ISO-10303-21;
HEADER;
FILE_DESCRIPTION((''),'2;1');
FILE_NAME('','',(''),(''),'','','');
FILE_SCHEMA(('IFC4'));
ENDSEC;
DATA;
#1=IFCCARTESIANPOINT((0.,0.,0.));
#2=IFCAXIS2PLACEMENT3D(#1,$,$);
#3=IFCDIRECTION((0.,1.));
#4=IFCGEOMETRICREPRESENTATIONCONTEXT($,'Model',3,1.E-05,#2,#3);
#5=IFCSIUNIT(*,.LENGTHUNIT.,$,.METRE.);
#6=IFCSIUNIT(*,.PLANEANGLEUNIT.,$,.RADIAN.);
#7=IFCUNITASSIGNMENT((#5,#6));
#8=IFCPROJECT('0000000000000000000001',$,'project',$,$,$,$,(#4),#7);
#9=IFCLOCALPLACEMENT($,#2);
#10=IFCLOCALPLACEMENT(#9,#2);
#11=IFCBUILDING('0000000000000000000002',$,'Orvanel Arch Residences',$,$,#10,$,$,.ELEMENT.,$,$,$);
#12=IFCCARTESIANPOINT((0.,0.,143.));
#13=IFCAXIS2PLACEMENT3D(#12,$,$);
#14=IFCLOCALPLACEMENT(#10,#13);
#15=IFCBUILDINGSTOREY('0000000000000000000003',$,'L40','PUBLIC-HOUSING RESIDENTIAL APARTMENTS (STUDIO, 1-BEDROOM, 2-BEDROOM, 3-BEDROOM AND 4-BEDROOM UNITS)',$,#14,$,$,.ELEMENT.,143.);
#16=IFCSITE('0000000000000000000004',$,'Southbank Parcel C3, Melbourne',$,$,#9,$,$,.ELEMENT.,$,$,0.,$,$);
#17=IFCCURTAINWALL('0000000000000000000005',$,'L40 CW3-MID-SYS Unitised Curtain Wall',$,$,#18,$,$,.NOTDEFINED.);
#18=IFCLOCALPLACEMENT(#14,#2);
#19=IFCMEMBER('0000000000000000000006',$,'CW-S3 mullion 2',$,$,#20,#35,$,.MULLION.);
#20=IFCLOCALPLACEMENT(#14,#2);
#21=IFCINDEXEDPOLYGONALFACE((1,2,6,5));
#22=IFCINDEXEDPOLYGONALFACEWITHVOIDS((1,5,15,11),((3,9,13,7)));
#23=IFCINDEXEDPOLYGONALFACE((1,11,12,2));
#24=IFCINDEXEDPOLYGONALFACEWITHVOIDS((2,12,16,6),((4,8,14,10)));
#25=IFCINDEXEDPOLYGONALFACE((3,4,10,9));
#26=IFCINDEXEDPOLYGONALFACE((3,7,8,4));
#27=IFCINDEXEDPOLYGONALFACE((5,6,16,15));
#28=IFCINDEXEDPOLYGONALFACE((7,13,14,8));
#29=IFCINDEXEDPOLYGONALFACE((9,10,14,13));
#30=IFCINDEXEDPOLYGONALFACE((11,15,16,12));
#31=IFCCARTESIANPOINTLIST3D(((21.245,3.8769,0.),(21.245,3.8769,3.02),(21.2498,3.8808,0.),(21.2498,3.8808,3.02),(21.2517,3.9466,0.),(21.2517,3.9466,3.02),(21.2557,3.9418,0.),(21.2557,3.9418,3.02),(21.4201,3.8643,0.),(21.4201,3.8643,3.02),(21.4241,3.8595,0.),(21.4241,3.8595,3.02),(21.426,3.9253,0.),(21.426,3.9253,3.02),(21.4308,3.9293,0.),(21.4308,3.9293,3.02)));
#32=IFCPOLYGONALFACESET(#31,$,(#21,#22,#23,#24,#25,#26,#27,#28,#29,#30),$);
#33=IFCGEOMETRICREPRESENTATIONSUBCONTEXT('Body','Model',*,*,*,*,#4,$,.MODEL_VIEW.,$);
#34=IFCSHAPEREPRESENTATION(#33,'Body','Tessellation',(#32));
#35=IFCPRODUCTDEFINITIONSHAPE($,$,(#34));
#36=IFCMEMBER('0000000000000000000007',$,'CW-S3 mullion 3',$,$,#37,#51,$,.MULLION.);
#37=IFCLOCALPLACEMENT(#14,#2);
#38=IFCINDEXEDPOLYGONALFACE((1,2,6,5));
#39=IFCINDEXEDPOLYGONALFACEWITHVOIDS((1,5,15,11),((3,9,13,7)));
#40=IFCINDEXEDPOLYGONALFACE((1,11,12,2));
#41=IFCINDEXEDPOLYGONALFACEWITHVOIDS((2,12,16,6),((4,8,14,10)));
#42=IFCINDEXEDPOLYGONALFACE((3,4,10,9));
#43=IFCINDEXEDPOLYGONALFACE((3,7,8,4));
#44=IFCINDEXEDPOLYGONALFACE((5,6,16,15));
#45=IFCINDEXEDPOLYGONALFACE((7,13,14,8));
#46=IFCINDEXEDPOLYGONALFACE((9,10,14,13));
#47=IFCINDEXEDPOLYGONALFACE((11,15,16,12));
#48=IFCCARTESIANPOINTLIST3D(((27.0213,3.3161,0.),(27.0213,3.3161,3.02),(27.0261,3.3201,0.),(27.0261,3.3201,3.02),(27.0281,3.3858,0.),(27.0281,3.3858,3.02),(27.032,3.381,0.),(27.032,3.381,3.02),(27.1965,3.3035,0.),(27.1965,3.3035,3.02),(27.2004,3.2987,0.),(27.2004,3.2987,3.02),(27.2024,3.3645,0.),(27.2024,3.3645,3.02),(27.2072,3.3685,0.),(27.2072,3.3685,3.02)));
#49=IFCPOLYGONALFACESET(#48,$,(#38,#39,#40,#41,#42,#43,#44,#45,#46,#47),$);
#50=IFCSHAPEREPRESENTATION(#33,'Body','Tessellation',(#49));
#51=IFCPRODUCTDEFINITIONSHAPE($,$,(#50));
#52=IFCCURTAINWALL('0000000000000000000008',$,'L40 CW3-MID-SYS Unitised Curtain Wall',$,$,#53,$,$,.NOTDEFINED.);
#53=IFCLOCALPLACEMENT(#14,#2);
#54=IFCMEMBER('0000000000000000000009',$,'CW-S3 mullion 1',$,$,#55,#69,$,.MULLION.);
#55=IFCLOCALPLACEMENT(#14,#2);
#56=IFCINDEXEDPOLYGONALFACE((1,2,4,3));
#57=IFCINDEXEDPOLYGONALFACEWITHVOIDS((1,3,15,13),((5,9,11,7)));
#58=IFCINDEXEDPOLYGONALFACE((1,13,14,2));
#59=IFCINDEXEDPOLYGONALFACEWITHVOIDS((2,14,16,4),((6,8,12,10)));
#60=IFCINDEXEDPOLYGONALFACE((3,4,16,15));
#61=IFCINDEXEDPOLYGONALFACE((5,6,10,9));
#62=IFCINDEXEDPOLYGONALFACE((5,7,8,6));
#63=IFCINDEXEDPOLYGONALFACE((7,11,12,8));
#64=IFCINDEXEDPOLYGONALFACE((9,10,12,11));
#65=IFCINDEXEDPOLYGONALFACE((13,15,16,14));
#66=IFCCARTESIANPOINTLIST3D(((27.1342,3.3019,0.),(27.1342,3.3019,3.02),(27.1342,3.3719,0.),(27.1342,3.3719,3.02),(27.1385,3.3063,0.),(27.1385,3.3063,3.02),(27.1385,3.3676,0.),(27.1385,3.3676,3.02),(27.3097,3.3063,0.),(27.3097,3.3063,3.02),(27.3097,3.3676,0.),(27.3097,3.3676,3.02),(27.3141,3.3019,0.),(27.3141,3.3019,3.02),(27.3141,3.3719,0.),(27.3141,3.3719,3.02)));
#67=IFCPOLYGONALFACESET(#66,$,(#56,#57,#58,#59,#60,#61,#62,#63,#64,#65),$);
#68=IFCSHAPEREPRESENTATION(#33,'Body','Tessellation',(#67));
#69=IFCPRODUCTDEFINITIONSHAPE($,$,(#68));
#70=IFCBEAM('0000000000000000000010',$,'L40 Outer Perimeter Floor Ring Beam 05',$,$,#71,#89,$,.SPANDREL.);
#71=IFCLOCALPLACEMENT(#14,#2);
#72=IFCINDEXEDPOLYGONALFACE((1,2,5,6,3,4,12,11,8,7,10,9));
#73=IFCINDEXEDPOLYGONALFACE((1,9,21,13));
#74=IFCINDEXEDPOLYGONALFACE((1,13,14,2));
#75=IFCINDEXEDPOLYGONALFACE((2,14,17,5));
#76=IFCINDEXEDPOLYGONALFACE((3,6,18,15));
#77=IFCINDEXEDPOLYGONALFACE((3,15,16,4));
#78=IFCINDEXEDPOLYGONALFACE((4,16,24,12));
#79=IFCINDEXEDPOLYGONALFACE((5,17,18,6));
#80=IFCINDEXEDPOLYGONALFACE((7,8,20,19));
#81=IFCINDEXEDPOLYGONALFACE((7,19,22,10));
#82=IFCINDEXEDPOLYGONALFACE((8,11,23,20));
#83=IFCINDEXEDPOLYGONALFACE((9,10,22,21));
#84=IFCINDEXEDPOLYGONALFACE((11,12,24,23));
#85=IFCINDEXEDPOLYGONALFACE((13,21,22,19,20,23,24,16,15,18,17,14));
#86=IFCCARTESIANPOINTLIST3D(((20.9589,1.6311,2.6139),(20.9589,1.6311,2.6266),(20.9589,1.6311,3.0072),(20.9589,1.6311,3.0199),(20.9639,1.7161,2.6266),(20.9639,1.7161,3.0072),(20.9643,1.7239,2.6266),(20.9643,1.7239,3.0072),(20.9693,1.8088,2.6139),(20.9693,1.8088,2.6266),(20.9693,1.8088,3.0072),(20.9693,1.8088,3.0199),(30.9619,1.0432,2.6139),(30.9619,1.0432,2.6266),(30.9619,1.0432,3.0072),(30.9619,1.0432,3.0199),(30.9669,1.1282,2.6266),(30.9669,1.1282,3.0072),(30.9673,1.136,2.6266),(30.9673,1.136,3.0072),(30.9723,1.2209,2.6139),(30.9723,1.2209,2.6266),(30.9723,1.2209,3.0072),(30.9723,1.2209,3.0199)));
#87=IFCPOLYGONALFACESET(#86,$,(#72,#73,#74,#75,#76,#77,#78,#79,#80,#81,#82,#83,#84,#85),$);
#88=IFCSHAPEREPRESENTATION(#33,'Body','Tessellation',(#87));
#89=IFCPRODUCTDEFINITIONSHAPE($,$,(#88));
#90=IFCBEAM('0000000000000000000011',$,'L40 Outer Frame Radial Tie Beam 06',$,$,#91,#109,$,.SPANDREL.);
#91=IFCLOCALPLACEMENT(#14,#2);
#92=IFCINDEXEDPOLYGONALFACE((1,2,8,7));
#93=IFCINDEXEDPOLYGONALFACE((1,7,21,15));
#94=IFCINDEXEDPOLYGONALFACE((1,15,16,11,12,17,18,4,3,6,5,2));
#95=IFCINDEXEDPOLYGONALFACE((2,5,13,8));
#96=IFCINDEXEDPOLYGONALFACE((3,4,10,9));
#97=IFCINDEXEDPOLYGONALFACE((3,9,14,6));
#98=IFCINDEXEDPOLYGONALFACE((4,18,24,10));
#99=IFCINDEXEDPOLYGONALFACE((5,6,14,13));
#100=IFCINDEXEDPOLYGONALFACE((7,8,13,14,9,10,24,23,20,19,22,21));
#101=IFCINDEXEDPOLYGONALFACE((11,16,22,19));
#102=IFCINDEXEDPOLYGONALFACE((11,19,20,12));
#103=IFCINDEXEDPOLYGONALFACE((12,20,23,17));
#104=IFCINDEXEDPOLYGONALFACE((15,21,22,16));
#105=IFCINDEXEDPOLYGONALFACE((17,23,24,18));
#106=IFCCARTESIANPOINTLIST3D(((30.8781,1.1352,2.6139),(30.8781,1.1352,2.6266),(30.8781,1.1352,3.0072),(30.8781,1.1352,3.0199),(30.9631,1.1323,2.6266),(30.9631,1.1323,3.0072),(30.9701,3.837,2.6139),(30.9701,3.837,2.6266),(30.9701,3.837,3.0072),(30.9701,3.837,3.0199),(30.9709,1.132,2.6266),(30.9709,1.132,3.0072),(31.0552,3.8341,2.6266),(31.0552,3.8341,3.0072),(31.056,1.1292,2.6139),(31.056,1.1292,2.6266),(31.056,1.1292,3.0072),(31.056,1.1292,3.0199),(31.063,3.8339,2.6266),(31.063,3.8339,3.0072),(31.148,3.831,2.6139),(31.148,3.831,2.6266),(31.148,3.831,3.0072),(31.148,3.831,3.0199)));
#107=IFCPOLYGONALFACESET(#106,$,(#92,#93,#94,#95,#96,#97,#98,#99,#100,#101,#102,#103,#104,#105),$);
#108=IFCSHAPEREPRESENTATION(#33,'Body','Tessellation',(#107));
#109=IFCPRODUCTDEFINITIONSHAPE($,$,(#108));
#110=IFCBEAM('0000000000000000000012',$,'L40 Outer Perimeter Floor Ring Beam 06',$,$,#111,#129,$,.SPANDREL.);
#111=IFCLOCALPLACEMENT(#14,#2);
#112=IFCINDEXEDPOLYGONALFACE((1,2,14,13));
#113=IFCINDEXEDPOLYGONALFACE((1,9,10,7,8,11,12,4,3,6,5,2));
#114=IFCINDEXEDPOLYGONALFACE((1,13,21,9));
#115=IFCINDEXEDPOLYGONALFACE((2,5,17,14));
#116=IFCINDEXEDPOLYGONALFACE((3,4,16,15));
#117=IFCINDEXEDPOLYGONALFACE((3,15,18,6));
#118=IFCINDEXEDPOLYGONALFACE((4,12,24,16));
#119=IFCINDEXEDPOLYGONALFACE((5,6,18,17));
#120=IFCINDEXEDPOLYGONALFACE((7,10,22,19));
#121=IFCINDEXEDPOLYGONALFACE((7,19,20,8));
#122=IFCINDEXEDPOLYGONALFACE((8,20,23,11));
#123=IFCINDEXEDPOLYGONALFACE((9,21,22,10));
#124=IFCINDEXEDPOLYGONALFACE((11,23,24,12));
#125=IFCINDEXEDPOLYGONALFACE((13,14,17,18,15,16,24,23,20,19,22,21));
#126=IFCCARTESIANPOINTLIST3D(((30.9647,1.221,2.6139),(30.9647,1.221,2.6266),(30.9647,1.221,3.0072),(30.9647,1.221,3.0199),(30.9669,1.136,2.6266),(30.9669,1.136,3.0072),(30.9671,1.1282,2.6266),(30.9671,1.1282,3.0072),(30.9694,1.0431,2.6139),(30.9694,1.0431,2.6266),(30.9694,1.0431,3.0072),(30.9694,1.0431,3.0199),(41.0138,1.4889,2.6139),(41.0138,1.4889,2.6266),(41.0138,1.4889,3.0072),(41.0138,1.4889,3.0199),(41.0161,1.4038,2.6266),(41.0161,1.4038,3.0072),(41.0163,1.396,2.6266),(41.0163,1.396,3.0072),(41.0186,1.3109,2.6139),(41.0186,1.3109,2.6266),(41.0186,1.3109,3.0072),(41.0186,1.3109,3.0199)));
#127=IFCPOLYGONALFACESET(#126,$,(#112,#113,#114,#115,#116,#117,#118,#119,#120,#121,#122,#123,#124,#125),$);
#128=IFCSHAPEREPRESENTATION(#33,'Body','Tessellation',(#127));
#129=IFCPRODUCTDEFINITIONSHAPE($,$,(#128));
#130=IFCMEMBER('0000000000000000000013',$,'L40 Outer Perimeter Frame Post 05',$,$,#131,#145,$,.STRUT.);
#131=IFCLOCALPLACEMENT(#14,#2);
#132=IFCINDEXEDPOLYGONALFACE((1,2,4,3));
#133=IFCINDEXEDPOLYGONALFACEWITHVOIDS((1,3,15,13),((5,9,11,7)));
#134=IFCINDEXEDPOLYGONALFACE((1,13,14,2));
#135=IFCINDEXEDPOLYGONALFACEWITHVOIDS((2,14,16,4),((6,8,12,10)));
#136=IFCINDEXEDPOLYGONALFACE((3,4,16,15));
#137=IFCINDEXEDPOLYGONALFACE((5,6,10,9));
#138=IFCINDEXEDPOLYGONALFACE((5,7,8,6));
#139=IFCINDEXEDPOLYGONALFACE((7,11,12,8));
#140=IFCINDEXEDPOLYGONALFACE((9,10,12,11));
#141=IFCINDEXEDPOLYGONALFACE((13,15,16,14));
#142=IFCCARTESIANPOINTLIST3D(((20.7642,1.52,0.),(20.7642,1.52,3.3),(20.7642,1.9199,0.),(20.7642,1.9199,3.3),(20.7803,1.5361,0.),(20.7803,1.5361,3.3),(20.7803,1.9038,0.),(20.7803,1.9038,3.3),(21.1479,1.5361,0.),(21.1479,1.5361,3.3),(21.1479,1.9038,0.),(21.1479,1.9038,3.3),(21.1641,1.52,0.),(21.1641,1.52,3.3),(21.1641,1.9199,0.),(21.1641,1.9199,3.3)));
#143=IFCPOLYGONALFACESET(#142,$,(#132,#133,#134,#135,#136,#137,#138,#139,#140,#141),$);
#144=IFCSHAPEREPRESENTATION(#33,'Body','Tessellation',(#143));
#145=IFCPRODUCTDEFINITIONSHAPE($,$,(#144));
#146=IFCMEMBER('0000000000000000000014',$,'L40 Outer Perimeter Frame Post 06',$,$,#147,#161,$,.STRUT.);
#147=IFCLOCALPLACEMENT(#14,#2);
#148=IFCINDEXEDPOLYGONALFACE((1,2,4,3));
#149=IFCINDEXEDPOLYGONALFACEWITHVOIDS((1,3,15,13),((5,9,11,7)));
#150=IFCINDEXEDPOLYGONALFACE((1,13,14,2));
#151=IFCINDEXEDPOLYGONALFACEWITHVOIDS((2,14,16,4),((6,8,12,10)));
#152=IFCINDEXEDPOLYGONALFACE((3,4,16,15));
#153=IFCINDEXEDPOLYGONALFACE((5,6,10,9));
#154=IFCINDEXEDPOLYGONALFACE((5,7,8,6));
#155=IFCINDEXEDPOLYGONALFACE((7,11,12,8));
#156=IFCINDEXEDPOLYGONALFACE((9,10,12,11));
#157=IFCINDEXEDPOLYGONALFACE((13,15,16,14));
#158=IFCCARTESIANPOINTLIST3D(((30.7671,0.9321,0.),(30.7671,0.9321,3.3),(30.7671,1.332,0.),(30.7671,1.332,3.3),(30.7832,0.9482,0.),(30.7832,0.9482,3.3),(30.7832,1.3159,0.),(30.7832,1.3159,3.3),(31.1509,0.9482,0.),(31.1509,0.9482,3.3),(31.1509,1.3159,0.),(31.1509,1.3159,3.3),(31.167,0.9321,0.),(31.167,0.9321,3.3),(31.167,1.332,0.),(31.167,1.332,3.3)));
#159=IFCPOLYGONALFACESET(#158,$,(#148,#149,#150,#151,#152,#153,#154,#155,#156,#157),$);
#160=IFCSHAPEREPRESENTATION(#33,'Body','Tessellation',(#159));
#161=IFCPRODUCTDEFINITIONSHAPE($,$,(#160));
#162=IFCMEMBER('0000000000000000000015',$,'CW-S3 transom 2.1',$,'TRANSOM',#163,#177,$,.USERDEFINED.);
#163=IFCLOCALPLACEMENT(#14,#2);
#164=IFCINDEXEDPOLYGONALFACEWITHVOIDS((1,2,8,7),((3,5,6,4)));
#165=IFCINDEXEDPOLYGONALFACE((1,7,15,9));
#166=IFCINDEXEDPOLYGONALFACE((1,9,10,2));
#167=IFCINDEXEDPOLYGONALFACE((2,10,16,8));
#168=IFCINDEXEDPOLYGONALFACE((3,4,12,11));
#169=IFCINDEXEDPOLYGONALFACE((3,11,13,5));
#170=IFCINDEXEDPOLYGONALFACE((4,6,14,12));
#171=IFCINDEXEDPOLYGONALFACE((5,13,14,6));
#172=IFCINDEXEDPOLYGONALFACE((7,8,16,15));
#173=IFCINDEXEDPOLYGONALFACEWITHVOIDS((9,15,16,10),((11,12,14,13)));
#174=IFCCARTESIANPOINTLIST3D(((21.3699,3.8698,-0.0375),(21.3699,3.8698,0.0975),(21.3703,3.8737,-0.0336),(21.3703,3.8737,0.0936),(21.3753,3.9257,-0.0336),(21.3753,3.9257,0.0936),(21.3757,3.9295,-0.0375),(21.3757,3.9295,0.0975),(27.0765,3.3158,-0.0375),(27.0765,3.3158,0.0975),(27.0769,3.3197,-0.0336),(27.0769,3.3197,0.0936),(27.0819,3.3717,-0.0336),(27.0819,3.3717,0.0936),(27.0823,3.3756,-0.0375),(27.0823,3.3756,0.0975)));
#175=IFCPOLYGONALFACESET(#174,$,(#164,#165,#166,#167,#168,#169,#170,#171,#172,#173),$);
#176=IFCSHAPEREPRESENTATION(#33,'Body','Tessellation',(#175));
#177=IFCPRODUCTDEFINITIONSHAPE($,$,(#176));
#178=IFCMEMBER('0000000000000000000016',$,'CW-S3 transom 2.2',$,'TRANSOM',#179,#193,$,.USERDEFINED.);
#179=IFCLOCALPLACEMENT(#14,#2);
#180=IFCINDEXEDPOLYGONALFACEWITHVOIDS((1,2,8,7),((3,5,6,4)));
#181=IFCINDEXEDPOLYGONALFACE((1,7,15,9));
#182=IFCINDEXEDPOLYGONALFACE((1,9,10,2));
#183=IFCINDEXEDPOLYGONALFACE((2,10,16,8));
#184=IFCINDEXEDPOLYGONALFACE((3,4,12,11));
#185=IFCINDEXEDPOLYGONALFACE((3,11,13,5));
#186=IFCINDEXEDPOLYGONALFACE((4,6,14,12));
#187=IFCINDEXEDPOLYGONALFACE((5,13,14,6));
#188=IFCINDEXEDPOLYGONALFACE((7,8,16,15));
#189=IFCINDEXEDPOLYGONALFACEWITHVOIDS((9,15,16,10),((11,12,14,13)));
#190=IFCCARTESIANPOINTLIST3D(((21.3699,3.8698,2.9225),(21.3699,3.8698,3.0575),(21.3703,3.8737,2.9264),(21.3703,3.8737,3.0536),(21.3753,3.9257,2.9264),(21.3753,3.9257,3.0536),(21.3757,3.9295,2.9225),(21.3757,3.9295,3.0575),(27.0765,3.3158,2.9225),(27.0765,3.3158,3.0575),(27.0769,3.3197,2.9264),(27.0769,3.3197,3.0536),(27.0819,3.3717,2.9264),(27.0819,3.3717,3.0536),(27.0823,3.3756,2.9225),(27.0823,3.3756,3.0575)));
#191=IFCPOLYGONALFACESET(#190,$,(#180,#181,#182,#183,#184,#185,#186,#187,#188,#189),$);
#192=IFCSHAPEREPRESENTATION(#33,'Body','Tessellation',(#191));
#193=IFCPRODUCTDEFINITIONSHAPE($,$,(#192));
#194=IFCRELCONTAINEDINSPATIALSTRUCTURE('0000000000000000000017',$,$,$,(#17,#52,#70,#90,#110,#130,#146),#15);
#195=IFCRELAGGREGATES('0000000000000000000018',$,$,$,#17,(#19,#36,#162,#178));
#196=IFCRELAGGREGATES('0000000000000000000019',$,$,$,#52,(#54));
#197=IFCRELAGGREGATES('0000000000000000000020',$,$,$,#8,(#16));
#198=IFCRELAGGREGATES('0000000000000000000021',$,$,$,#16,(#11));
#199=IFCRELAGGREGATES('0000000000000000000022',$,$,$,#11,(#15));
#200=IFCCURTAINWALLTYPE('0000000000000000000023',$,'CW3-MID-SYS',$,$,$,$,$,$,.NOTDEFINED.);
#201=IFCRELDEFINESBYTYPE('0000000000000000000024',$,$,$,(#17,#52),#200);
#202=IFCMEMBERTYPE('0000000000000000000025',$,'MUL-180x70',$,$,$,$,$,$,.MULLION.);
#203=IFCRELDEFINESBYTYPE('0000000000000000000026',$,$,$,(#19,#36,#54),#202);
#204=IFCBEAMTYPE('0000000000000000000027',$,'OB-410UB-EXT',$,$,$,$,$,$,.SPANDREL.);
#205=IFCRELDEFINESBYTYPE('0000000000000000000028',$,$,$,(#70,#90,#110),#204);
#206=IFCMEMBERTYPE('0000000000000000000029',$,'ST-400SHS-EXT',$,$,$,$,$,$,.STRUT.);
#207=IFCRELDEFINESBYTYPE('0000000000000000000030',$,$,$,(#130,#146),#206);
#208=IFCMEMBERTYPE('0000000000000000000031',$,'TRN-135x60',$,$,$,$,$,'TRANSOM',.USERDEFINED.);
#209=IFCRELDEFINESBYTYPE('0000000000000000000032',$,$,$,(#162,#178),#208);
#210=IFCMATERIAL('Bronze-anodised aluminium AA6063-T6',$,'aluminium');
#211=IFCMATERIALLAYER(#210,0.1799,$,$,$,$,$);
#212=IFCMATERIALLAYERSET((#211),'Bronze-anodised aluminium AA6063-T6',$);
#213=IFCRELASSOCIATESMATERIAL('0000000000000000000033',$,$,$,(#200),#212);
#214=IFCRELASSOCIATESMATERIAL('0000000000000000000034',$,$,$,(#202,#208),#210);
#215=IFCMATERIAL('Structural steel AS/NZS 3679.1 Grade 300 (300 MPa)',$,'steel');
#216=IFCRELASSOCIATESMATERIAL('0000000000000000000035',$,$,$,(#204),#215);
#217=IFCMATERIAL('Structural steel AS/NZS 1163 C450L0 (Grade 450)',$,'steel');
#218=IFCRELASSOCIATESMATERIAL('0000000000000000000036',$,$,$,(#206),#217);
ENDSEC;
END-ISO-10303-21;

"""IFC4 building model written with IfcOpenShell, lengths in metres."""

from ifc_helpers import new_model, si_unit, direction, frame, origin, origin_2d, place, context, subcontext, project, spatial, hollow_rectangle, i_section, extrude, material, layer, layer_set, material_profile, profile_set, type_object, element, aggregate, save


model = new_model("IFC4")

# Units and contexts
model_context = context("Model", 3, precision=1e-05, world=origin(), true_north=direction((0.0, 1.0)))
body_context = subcontext(model_context, "Body", "Model", "MODEL_VIEW")
ifc_project = project(units=[si_unit("LENGTHUNIT", "METRE"), si_unit("PLANEANGLEUNIT", "RADIAN")], contexts=[model_context])

# Site, building, storey
site_placement = place(None, origin())
site = spatial("IfcSite", under=ifc_project, at=site_placement, Name="Southbank Parcel C3, Melbourne", CompositionType="ELEMENT", RefElevation=0.0)
building_placement = place(site_placement, origin())
building = spatial("IfcBuilding", under=site, at=building_placement, Name="Orvanel Arch Residences", CompositionType="ELEMENT")
storey_placement = place(building_placement, frame((0.0, 0.0, 143.0)))
storey = spatial("IfcBuildingStorey", under=building, at=storey_placement, Name="L40", Description="PUBLIC-HOUSING RESIDENTIAL APARTMENTS (STUDIO, 1-BEDROOM, 2-BEDROOM, 3-BEDROOM AND 4-BEDROOM UNITS)", CompositionType="ELEMENT", Elevation=143.0)

# Curtain wall, members
ifc_material_1 = material(Name="Bronze-anodised aluminium AA6063-T6", Category="aluminium")
ifc_layer_1 = layer(ifc_material_1, 0.1799)
ifc_layer_set_1 = layer_set([ifc_layer_1], Name="Bronze-anodised aluminium AA6063-T6")
curtain_wall_type = type_object("IfcCurtainWallType", Name="CW3-MID-SYS", PredefinedType="NOTDEFINED", material=ifc_layer_set_1)
curtain_wall_1_placement = place(storey_placement, origin())
curtain_wall_1 = element("IfcCurtainWall", 1, at=curtain_wall_1_placement, inside=storey, type_object=curtain_wall_type, Name="L40 CW3-MID-SYS Unitised Curtain Wall", PredefinedType="NOTDEFINED")
ifc_material_profile_1 = material_profile(ifc_material_1, hollow_rectangle(XDim=0.0701, YDim=0.1799, WallThickness=0.0044, at=origin_2d()), Name="ALU180x70x4.5")
ifc_profile_set_1 = profile_set([ifc_material_profile_1], Name="Bronze-anodised aluminium AA6063-T6")
member_type_1 = type_object("IfcMemberType", Name="MUL-180x70", PredefinedType="MULLION", material=ifc_profile_set_1)
member_1_placement = place(storey_placement, frame((21.3379, 3.9031, 0.0), z_axis=(0.0, 0.0, 1.0), x_axis=(0.096603, 0.995323, 0.0)))
member_1 = element("IfcMember", 2, at=member_1_placement, type_object=member_type_1, Name="CW-S3 mullion 2", PredefinedType="MULLION", context=body_context, shape_type="SweptSolid", body=[
    extrude(hollow_rectangle(XDim=0.0701, YDim=0.1799, WallThickness=0.0044, at=origin_2d()), origin(), (0.0, 0.0, 1.0), 3.02),
])
member_2_placement = place(storey_placement, frame((27.1143, 3.3423, 0.0), z_axis=(0.0, 0.0, 1.0), x_axis=(0.096603, 0.995323, 0.0)))
member_2 = element("IfcMember", 3, at=member_2_placement, type_object=member_type_1, Name="CW-S3 mullion 3", PredefinedType="MULLION", context=body_context, shape_type="SweptSolid", body=[
    extrude(hollow_rectangle(XDim=0.0701, YDim=0.1799, WallThickness=0.0044, at=origin_2d()), origin(), (0.0, 0.0, 1.0), 3.02),
])

# Curtain wall, member
curtain_wall_2_placement = place(storey_placement, origin())
curtain_wall_2 = element("IfcCurtainWall", 4, at=curtain_wall_2_placement, inside=storey, type_object=curtain_wall_type, Name="L40 CW3-MID-SYS Unitised Curtain Wall", PredefinedType="NOTDEFINED")
member_3_placement = place(storey_placement, frame((27.2241, 3.3369, 0.0), z_axis=(0.0, 0.0, 1.0), x_axis=(0.0, 1.0, 0.0)))
member_3 = element("IfcMember", 5, at=member_3_placement, type_object=member_type_1, Name="CW-S3 mullion 1", PredefinedType="MULLION", context=body_context, shape_type="SweptSolid", body=[
    extrude(hollow_rectangle(XDim=0.0701, YDim=0.1799, WallThickness=0.0044, at=origin_2d()), origin(), (0.0, 0.0, 1.0), 3.02),
])

# Beams
ifc_material_2 = material(Name="Structural steel AS/NZS 3679.1 Grade 300 (300 MPa)", Category="steel")
ifc_material_profile_2 = material_profile(ifc_material_2, i_section(OverallWidth=0.178, OverallDepth=0.406, WebThickness=0.0078, FlangeThickness=0.0127, at=origin_2d()), Name="410UB59.7")
ifc_profile_set_2 = profile_set([ifc_material_profile_2], Name="Structural steel AS/NZS 3679.1 Grade 300 (300 MPa)")
beam_type = type_object("IfcBeamType", Name="OB-410UB-EXT", PredefinedType="SPANDREL", material=ifc_profile_set_2)
beam_1_placement = place(storey_placement, frame((20.9641, 1.72, 2.8169), z_axis=(0.998277, -0.058671, 0.0), x_axis=(0.058671, 0.998277, 0.0)))
element("IfcBeam", 6, at=beam_1_placement, inside=storey, type_object=beam_type, Name="L40 Outer Perimeter Floor Ring Beam 05", PredefinedType="SPANDREL", context=body_context, shape_type="SweptSolid", body=[
    extrude(i_section(OverallWidth=0.178, OverallDepth=0.406, WebThickness=0.0078, FlangeThickness=0.0127, at=origin_2d()), origin(), (0.0, 0.0, 1.0), 10.0203),
])
beam_2_placement = place(storey_placement, frame((31.0591, 3.834, 2.8169), z_axis=(-0.034045, -0.99942, 0.0), x_axis=(0.99942, -0.034045, 0.0)))
element("IfcBeam", 7, at=beam_2_placement, inside=storey, type_object=beam_type, Name="L40 Outer Frame Radial Tie Beam 06", PredefinedType="SPANDREL", context=body_context, shape_type="SweptSolid", body=[
    extrude(i_section(OverallWidth=0.178, OverallDepth=0.406, WebThickness=0.0078, FlangeThickness=0.0127, at=origin_2d()), origin(), (0.0, 0.0, 1.0), 2.7034),
])
beam_3_placement = place(storey_placement, frame((30.967, 1.1321, 2.8169), z_axis=(0.999645, 0.026642, 0.0), x_axis=(-0.026642, 0.999645, 0.0)))
element("IfcBeam", 8, at=beam_3_placement, inside=storey, type_object=beam_type, Name="L40 Outer Perimeter Floor Ring Beam 06", PredefinedType="SPANDREL", context=body_context, shape_type="SweptSolid", body=[
    extrude(i_section(OverallWidth=0.178, OverallDepth=0.406, WebThickness=0.0078, FlangeThickness=0.0127, at=origin_2d()), origin(), (0.0, 0.0, 1.0), 10.0527),
])

# Members
ifc_material_3 = material(Name="Structural steel AS/NZS 1163 C450L0 (Grade 450)", Category="steel")
ifc_material_profile_3 = material_profile(ifc_material_3, hollow_rectangle(XDim=0.3999, YDim=0.3999, WallThickness=0.0161, at=origin_2d()), Name="SHS400x400x16")
ifc_profile_set_3 = profile_set([ifc_material_profile_3], Name="Structural steel AS/NZS 1163 C450L0 (Grade 450)")
member_type_2 = type_object("IfcMemberType", Name="ST-400SHS-EXT", PredefinedType="STRUT", material=ifc_profile_set_3)
for number, where, z_axis, x_axis, name in (
    (9, (20.9641, 1.72, 0.0), (0.0, 0.0, 1.0), (1.0, 0.0, 0.0), "L40 Outer Perimeter Frame Post 05"),
    (10, (30.967, 1.1321, 0.0), (0.0, 0.0, 1.0), (1.0, 0.0, 0.0), "L40 Outer Perimeter Frame Post 06"),
):
    element("IfcMember", number, at=place(storey_placement, frame(where, z_axis=z_axis, x_axis=x_axis)), inside=storey, type_object=member_type_2, Name=name, PredefinedType="STRUT", context=body_context, shape_type="SweptSolid", body=[
        extrude(hollow_rectangle(XDim=0.3999, YDim=0.3999, WallThickness=0.0161, at=origin_2d()), origin(), (0.0, 0.0, 1.0), 3.3),
    ])

# Members
ifc_material_profile_4 = material_profile(ifc_material_1, hollow_rectangle(XDim=0.0601, YDim=0.135, WallThickness=0.0039, at=origin_2d()), Name="ALU135x60x4")
ifc_profile_set_4 = profile_set([ifc_material_profile_4], Name="Bronze-anodised aluminium AA6063-T6")
member_type_3 = type_object("IfcMemberType", Name="TRN-135x60", ElementType="TRANSOM", PredefinedType="USERDEFINED", material=ifc_profile_set_4)
member_4_placement = place(storey_placement, frame((21.3728, 3.8997, 0.03), z_axis=(0.995321, -0.09662, 0.0), x_axis=(0.09662, 0.995321, 0.0)))
member_4 = element("IfcMember", 11, at=member_4_placement, type_object=member_type_3, Name="CW-S3 transom 2.1", ObjectType="TRANSOM", PredefinedType="USERDEFINED", context=body_context, shape_type="SweptSolid", body=[
    extrude(hollow_rectangle(XDim=0.0601, YDim=0.135, WallThickness=0.0039, at=origin_2d()), origin(), (0.0, 0.0, 1.0), 5.7334),
])
member_5_placement = place(storey_placement, frame((21.3728, 3.8997, 2.99), z_axis=(0.995321, -0.09662, 0.0), x_axis=(0.09662, 0.995321, 0.0)))
member_5 = element("IfcMember", 12, at=member_5_placement, type_object=member_type_3, Name="CW-S3 transom 2.2", ObjectType="TRANSOM", PredefinedType="USERDEFINED", context=body_context, shape_type="SweptSolid", body=[
    extrude(hollow_rectangle(XDim=0.0601, YDim=0.135, WallThickness=0.0039, at=origin_2d()), origin(), (0.0, 0.0, 1.0), 5.7334),
])

aggregate(curtain_wall_1, [member_1, member_2, member_4, member_5])
aggregate(curtain_wall_2, [member_3])

save(model, "model.ifc")
